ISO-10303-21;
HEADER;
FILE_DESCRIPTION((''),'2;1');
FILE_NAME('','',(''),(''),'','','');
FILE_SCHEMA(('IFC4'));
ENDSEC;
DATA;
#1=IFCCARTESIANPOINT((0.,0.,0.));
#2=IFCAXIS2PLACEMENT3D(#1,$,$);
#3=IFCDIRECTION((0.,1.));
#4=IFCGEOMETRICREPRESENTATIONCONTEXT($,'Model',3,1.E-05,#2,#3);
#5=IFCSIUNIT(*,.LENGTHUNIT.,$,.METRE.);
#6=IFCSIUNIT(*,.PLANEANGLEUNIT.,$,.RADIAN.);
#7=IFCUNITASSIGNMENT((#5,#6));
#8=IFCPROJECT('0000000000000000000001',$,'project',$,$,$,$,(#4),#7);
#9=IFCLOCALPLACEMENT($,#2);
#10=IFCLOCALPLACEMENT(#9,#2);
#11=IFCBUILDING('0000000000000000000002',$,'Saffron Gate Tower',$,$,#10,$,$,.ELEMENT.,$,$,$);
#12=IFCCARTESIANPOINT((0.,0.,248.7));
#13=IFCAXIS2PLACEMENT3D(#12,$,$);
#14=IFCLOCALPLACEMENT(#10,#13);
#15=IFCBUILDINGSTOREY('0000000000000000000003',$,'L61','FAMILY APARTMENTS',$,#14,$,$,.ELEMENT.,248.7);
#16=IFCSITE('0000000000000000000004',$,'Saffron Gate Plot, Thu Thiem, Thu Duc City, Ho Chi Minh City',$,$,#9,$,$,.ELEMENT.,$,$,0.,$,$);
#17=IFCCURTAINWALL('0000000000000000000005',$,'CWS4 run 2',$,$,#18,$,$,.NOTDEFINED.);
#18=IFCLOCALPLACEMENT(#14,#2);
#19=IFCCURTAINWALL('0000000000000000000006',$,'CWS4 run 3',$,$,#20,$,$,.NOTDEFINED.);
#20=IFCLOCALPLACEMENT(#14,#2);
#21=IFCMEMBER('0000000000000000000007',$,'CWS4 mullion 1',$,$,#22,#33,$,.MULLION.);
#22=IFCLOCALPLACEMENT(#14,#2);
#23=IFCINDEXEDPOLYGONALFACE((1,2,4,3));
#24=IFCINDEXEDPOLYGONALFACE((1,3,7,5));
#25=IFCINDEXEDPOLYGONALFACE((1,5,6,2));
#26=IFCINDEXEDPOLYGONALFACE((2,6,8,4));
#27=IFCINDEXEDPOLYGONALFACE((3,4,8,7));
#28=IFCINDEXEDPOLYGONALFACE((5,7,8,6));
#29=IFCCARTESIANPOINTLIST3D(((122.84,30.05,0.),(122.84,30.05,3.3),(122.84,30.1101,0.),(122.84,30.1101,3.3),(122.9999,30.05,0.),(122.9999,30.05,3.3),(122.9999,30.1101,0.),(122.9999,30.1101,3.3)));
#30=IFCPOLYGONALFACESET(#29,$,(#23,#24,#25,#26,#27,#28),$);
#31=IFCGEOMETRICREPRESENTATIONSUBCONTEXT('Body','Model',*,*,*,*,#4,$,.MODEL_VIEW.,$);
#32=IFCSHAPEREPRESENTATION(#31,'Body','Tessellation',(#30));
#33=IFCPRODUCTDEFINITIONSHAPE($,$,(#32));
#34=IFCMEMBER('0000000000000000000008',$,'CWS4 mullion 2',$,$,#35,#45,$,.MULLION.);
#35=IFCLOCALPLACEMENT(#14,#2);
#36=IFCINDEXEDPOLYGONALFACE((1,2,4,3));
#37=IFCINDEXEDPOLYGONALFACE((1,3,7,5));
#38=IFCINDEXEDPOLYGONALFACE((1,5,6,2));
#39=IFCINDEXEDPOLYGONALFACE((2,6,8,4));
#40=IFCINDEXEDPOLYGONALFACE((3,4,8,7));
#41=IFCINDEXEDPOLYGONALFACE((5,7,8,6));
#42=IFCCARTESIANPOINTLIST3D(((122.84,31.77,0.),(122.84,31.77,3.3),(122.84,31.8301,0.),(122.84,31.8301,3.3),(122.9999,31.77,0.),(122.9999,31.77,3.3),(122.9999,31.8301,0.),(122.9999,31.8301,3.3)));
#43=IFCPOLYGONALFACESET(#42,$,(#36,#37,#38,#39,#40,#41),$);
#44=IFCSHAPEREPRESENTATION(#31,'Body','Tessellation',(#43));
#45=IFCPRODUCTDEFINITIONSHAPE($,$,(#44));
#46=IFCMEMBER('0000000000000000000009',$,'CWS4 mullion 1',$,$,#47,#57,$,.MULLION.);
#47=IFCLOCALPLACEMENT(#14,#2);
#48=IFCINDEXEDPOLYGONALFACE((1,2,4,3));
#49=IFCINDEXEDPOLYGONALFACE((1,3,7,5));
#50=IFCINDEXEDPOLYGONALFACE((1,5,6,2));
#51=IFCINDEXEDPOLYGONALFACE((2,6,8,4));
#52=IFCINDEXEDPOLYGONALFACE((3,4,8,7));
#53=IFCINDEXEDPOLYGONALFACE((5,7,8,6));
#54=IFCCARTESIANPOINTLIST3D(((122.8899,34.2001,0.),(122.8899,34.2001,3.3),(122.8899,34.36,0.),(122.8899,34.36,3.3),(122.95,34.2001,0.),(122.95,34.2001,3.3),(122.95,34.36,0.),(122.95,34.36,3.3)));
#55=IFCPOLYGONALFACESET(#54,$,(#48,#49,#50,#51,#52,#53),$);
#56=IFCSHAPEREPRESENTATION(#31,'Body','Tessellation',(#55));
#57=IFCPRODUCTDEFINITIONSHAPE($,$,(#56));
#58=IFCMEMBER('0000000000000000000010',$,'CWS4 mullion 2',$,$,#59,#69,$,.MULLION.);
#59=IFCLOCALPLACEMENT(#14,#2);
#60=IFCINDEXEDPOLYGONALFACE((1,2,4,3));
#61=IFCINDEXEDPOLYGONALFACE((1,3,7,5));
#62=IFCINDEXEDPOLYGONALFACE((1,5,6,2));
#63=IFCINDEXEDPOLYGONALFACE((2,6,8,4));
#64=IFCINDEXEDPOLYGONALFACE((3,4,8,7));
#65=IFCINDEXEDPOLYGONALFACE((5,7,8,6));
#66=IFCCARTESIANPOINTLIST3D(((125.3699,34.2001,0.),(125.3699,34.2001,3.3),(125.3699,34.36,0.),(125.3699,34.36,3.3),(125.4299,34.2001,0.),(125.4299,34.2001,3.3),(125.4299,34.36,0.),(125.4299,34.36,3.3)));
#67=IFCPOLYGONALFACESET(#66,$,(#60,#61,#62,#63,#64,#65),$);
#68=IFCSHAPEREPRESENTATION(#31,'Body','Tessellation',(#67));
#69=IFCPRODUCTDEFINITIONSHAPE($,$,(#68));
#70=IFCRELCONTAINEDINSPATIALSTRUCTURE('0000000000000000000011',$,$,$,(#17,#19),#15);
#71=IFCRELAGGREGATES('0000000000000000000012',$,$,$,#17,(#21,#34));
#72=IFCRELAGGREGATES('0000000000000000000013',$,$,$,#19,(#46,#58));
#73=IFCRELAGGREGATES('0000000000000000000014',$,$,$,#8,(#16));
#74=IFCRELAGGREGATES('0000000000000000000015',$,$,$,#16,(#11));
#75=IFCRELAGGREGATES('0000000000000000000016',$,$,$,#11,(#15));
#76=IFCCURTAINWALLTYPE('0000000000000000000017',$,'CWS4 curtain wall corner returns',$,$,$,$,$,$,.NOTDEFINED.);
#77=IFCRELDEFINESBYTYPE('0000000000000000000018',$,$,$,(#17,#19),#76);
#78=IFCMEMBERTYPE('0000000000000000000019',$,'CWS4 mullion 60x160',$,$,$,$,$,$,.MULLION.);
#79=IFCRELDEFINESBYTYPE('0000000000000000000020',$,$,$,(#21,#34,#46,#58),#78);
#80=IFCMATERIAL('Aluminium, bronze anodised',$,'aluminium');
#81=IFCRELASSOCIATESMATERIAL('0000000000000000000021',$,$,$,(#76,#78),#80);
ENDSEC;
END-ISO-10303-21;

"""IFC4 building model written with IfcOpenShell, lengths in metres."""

from ifc_helpers import new_model, si_unit, direction, frame, origin, origin_2d, place, context, subcontext, project, spatial, rectangle, extrude, material, material_profile, profile_set, type_object, element, aggregate, save


model = new_model("IFC4")

# Units and contexts
model_context = context("Model", 3, precision=1e-05, world=origin(), true_north=direction((0.0, 1.0)))
body_context = subcontext(model_context, "Body", "Model", "MODEL_VIEW")
ifc_project = project(units=[si_unit("LENGTHUNIT", "METRE"), si_unit("PLANEANGLEUNIT", "RADIAN")], contexts=[model_context])

# Site, building, storey
site_placement = place(None, origin())
site = spatial("IfcSite", under=ifc_project, at=site_placement, Name="Saffron Gate Plot, Thu Thiem, Thu Duc City, Ho Chi Minh City", CompositionType="ELEMENT", RefElevation=0.0)
building_placement = place(site_placement, origin())
building = spatial("IfcBuilding", under=site, at=building_placement, Name="Saffron Gate Tower", CompositionType="ELEMENT")
storey_placement = place(building_placement, frame((0.0, 0.0, 248.7)))
storey = spatial("IfcBuildingStorey", under=building, at=storey_placement, Name="L61", Description="FAMILY APARTMENTS", CompositionType="ELEMENT", Elevation=248.7)

# Shared definitions
ifc_material_1 = material(Name="Aluminium, bronze anodised", Category="aluminium")

# Curtain walls
curtain_wall_type_1 = type_object("IfcCurtainWallType", Name="CWS4 curtain wall corner returns", PredefinedType="NOTDEFINED", material=ifc_material_1)
curtain_wall_1_placement = place(storey_placement, origin())
curtain_wall_1 = element("IfcCurtainWall", 1, at=curtain_wall_1_placement, inside=storey, type_object=curtain_wall_type_1, Name="CWS4 run 2", PredefinedType="NOTDEFINED")
curtain_wall_2_placement = place(storey_placement, origin())
curtain_wall_2 = element("IfcCurtainWall", 2, at=curtain_wall_2_placement, inside=storey, type_object=curtain_wall_type_1, Name="CWS4 run 3", PredefinedType="NOTDEFINED")

# Members
ifc_material_profile_1 = material_profile(ifc_material_1, rectangle(XDim=0.1599, YDim=0.0601, at=origin_2d()))
ifc_profile_set_1 = profile_set([ifc_material_profile_1], Name="Aluminium, bronze anodised")
member_type_1 = type_object("IfcMemberType", Name="CWS4 mullion 60x160", PredefinedType="MULLION", material=ifc_profile_set_1)
member_1_placement = place(storey_placement, frame((122.9199, 30.0801, 0.0), z_axis=(0.0, 0.0, 1.0), x_axis=(-1.0, 0.0, 0.0)))
member_1 = element("IfcMember", 3, at=member_1_placement, type_object=member_type_1, Name="CWS4 mullion 1", PredefinedType="MULLION", context=body_context, shape_type="SweptSolid", body=[
    extrude(rectangle(XDim=0.1599, YDim=0.0601, at=origin_2d()), origin(), (0.0, 0.0, 1.0), 3.3),
])
member_2_placement = place(storey_placement, frame((122.9199, 31.8, 0.0), z_axis=(0.0, 0.0, 1.0), x_axis=(-1.0, 0.0, 0.0)))
member_2 = element("IfcMember", 4, at=member_2_placement, type_object=member_type_1, Name="CWS4 mullion 2", PredefinedType="MULLION", context=body_context, shape_type="SweptSolid", body=[
    extrude(rectangle(XDim=0.1599, YDim=0.0601, at=origin_2d()), origin(), (0.0, 0.0, 1.0), 3.3),
])
member_3_placement = place(storey_placement, frame((122.9199, 34.28, 0.0), z_axis=(0.0, 0.0, 1.0), x_axis=(0.0, 1.0, 0.0)))
member_3 = element("IfcMember", 5, at=member_3_placement, type_object=member_type_1, Name="CWS4 mullion 1", PredefinedType="MULLION", context=body_context, shape_type="SweptSolid", body=[
    extrude(rectangle(XDim=0.1599, YDim=0.0601, at=origin_2d()), origin(), (0.0, 0.0, 1.0), 3.3),
])
member_4_placement = place(storey_placement, frame((125.3999, 34.28, 0.0), z_axis=(0.0, 0.0, 1.0), x_axis=(0.0, 1.0, 0.0)))
member_4 = element("IfcMember", 6, at=member_4_placement, type_object=member_type_1, Name="CWS4 mullion 2", PredefinedType="MULLION", context=body_context, shape_type="SweptSolid", body=[
    extrude(rectangle(XDim=0.1599, YDim=0.0601, at=origin_2d()), origin(), (0.0, 0.0, 1.0), 3.3),
])

aggregate(curtain_wall_1, [member_1, member_2])
aggregate(curtain_wall_2, [member_3, member_4])

save(model, "model.ifc")
